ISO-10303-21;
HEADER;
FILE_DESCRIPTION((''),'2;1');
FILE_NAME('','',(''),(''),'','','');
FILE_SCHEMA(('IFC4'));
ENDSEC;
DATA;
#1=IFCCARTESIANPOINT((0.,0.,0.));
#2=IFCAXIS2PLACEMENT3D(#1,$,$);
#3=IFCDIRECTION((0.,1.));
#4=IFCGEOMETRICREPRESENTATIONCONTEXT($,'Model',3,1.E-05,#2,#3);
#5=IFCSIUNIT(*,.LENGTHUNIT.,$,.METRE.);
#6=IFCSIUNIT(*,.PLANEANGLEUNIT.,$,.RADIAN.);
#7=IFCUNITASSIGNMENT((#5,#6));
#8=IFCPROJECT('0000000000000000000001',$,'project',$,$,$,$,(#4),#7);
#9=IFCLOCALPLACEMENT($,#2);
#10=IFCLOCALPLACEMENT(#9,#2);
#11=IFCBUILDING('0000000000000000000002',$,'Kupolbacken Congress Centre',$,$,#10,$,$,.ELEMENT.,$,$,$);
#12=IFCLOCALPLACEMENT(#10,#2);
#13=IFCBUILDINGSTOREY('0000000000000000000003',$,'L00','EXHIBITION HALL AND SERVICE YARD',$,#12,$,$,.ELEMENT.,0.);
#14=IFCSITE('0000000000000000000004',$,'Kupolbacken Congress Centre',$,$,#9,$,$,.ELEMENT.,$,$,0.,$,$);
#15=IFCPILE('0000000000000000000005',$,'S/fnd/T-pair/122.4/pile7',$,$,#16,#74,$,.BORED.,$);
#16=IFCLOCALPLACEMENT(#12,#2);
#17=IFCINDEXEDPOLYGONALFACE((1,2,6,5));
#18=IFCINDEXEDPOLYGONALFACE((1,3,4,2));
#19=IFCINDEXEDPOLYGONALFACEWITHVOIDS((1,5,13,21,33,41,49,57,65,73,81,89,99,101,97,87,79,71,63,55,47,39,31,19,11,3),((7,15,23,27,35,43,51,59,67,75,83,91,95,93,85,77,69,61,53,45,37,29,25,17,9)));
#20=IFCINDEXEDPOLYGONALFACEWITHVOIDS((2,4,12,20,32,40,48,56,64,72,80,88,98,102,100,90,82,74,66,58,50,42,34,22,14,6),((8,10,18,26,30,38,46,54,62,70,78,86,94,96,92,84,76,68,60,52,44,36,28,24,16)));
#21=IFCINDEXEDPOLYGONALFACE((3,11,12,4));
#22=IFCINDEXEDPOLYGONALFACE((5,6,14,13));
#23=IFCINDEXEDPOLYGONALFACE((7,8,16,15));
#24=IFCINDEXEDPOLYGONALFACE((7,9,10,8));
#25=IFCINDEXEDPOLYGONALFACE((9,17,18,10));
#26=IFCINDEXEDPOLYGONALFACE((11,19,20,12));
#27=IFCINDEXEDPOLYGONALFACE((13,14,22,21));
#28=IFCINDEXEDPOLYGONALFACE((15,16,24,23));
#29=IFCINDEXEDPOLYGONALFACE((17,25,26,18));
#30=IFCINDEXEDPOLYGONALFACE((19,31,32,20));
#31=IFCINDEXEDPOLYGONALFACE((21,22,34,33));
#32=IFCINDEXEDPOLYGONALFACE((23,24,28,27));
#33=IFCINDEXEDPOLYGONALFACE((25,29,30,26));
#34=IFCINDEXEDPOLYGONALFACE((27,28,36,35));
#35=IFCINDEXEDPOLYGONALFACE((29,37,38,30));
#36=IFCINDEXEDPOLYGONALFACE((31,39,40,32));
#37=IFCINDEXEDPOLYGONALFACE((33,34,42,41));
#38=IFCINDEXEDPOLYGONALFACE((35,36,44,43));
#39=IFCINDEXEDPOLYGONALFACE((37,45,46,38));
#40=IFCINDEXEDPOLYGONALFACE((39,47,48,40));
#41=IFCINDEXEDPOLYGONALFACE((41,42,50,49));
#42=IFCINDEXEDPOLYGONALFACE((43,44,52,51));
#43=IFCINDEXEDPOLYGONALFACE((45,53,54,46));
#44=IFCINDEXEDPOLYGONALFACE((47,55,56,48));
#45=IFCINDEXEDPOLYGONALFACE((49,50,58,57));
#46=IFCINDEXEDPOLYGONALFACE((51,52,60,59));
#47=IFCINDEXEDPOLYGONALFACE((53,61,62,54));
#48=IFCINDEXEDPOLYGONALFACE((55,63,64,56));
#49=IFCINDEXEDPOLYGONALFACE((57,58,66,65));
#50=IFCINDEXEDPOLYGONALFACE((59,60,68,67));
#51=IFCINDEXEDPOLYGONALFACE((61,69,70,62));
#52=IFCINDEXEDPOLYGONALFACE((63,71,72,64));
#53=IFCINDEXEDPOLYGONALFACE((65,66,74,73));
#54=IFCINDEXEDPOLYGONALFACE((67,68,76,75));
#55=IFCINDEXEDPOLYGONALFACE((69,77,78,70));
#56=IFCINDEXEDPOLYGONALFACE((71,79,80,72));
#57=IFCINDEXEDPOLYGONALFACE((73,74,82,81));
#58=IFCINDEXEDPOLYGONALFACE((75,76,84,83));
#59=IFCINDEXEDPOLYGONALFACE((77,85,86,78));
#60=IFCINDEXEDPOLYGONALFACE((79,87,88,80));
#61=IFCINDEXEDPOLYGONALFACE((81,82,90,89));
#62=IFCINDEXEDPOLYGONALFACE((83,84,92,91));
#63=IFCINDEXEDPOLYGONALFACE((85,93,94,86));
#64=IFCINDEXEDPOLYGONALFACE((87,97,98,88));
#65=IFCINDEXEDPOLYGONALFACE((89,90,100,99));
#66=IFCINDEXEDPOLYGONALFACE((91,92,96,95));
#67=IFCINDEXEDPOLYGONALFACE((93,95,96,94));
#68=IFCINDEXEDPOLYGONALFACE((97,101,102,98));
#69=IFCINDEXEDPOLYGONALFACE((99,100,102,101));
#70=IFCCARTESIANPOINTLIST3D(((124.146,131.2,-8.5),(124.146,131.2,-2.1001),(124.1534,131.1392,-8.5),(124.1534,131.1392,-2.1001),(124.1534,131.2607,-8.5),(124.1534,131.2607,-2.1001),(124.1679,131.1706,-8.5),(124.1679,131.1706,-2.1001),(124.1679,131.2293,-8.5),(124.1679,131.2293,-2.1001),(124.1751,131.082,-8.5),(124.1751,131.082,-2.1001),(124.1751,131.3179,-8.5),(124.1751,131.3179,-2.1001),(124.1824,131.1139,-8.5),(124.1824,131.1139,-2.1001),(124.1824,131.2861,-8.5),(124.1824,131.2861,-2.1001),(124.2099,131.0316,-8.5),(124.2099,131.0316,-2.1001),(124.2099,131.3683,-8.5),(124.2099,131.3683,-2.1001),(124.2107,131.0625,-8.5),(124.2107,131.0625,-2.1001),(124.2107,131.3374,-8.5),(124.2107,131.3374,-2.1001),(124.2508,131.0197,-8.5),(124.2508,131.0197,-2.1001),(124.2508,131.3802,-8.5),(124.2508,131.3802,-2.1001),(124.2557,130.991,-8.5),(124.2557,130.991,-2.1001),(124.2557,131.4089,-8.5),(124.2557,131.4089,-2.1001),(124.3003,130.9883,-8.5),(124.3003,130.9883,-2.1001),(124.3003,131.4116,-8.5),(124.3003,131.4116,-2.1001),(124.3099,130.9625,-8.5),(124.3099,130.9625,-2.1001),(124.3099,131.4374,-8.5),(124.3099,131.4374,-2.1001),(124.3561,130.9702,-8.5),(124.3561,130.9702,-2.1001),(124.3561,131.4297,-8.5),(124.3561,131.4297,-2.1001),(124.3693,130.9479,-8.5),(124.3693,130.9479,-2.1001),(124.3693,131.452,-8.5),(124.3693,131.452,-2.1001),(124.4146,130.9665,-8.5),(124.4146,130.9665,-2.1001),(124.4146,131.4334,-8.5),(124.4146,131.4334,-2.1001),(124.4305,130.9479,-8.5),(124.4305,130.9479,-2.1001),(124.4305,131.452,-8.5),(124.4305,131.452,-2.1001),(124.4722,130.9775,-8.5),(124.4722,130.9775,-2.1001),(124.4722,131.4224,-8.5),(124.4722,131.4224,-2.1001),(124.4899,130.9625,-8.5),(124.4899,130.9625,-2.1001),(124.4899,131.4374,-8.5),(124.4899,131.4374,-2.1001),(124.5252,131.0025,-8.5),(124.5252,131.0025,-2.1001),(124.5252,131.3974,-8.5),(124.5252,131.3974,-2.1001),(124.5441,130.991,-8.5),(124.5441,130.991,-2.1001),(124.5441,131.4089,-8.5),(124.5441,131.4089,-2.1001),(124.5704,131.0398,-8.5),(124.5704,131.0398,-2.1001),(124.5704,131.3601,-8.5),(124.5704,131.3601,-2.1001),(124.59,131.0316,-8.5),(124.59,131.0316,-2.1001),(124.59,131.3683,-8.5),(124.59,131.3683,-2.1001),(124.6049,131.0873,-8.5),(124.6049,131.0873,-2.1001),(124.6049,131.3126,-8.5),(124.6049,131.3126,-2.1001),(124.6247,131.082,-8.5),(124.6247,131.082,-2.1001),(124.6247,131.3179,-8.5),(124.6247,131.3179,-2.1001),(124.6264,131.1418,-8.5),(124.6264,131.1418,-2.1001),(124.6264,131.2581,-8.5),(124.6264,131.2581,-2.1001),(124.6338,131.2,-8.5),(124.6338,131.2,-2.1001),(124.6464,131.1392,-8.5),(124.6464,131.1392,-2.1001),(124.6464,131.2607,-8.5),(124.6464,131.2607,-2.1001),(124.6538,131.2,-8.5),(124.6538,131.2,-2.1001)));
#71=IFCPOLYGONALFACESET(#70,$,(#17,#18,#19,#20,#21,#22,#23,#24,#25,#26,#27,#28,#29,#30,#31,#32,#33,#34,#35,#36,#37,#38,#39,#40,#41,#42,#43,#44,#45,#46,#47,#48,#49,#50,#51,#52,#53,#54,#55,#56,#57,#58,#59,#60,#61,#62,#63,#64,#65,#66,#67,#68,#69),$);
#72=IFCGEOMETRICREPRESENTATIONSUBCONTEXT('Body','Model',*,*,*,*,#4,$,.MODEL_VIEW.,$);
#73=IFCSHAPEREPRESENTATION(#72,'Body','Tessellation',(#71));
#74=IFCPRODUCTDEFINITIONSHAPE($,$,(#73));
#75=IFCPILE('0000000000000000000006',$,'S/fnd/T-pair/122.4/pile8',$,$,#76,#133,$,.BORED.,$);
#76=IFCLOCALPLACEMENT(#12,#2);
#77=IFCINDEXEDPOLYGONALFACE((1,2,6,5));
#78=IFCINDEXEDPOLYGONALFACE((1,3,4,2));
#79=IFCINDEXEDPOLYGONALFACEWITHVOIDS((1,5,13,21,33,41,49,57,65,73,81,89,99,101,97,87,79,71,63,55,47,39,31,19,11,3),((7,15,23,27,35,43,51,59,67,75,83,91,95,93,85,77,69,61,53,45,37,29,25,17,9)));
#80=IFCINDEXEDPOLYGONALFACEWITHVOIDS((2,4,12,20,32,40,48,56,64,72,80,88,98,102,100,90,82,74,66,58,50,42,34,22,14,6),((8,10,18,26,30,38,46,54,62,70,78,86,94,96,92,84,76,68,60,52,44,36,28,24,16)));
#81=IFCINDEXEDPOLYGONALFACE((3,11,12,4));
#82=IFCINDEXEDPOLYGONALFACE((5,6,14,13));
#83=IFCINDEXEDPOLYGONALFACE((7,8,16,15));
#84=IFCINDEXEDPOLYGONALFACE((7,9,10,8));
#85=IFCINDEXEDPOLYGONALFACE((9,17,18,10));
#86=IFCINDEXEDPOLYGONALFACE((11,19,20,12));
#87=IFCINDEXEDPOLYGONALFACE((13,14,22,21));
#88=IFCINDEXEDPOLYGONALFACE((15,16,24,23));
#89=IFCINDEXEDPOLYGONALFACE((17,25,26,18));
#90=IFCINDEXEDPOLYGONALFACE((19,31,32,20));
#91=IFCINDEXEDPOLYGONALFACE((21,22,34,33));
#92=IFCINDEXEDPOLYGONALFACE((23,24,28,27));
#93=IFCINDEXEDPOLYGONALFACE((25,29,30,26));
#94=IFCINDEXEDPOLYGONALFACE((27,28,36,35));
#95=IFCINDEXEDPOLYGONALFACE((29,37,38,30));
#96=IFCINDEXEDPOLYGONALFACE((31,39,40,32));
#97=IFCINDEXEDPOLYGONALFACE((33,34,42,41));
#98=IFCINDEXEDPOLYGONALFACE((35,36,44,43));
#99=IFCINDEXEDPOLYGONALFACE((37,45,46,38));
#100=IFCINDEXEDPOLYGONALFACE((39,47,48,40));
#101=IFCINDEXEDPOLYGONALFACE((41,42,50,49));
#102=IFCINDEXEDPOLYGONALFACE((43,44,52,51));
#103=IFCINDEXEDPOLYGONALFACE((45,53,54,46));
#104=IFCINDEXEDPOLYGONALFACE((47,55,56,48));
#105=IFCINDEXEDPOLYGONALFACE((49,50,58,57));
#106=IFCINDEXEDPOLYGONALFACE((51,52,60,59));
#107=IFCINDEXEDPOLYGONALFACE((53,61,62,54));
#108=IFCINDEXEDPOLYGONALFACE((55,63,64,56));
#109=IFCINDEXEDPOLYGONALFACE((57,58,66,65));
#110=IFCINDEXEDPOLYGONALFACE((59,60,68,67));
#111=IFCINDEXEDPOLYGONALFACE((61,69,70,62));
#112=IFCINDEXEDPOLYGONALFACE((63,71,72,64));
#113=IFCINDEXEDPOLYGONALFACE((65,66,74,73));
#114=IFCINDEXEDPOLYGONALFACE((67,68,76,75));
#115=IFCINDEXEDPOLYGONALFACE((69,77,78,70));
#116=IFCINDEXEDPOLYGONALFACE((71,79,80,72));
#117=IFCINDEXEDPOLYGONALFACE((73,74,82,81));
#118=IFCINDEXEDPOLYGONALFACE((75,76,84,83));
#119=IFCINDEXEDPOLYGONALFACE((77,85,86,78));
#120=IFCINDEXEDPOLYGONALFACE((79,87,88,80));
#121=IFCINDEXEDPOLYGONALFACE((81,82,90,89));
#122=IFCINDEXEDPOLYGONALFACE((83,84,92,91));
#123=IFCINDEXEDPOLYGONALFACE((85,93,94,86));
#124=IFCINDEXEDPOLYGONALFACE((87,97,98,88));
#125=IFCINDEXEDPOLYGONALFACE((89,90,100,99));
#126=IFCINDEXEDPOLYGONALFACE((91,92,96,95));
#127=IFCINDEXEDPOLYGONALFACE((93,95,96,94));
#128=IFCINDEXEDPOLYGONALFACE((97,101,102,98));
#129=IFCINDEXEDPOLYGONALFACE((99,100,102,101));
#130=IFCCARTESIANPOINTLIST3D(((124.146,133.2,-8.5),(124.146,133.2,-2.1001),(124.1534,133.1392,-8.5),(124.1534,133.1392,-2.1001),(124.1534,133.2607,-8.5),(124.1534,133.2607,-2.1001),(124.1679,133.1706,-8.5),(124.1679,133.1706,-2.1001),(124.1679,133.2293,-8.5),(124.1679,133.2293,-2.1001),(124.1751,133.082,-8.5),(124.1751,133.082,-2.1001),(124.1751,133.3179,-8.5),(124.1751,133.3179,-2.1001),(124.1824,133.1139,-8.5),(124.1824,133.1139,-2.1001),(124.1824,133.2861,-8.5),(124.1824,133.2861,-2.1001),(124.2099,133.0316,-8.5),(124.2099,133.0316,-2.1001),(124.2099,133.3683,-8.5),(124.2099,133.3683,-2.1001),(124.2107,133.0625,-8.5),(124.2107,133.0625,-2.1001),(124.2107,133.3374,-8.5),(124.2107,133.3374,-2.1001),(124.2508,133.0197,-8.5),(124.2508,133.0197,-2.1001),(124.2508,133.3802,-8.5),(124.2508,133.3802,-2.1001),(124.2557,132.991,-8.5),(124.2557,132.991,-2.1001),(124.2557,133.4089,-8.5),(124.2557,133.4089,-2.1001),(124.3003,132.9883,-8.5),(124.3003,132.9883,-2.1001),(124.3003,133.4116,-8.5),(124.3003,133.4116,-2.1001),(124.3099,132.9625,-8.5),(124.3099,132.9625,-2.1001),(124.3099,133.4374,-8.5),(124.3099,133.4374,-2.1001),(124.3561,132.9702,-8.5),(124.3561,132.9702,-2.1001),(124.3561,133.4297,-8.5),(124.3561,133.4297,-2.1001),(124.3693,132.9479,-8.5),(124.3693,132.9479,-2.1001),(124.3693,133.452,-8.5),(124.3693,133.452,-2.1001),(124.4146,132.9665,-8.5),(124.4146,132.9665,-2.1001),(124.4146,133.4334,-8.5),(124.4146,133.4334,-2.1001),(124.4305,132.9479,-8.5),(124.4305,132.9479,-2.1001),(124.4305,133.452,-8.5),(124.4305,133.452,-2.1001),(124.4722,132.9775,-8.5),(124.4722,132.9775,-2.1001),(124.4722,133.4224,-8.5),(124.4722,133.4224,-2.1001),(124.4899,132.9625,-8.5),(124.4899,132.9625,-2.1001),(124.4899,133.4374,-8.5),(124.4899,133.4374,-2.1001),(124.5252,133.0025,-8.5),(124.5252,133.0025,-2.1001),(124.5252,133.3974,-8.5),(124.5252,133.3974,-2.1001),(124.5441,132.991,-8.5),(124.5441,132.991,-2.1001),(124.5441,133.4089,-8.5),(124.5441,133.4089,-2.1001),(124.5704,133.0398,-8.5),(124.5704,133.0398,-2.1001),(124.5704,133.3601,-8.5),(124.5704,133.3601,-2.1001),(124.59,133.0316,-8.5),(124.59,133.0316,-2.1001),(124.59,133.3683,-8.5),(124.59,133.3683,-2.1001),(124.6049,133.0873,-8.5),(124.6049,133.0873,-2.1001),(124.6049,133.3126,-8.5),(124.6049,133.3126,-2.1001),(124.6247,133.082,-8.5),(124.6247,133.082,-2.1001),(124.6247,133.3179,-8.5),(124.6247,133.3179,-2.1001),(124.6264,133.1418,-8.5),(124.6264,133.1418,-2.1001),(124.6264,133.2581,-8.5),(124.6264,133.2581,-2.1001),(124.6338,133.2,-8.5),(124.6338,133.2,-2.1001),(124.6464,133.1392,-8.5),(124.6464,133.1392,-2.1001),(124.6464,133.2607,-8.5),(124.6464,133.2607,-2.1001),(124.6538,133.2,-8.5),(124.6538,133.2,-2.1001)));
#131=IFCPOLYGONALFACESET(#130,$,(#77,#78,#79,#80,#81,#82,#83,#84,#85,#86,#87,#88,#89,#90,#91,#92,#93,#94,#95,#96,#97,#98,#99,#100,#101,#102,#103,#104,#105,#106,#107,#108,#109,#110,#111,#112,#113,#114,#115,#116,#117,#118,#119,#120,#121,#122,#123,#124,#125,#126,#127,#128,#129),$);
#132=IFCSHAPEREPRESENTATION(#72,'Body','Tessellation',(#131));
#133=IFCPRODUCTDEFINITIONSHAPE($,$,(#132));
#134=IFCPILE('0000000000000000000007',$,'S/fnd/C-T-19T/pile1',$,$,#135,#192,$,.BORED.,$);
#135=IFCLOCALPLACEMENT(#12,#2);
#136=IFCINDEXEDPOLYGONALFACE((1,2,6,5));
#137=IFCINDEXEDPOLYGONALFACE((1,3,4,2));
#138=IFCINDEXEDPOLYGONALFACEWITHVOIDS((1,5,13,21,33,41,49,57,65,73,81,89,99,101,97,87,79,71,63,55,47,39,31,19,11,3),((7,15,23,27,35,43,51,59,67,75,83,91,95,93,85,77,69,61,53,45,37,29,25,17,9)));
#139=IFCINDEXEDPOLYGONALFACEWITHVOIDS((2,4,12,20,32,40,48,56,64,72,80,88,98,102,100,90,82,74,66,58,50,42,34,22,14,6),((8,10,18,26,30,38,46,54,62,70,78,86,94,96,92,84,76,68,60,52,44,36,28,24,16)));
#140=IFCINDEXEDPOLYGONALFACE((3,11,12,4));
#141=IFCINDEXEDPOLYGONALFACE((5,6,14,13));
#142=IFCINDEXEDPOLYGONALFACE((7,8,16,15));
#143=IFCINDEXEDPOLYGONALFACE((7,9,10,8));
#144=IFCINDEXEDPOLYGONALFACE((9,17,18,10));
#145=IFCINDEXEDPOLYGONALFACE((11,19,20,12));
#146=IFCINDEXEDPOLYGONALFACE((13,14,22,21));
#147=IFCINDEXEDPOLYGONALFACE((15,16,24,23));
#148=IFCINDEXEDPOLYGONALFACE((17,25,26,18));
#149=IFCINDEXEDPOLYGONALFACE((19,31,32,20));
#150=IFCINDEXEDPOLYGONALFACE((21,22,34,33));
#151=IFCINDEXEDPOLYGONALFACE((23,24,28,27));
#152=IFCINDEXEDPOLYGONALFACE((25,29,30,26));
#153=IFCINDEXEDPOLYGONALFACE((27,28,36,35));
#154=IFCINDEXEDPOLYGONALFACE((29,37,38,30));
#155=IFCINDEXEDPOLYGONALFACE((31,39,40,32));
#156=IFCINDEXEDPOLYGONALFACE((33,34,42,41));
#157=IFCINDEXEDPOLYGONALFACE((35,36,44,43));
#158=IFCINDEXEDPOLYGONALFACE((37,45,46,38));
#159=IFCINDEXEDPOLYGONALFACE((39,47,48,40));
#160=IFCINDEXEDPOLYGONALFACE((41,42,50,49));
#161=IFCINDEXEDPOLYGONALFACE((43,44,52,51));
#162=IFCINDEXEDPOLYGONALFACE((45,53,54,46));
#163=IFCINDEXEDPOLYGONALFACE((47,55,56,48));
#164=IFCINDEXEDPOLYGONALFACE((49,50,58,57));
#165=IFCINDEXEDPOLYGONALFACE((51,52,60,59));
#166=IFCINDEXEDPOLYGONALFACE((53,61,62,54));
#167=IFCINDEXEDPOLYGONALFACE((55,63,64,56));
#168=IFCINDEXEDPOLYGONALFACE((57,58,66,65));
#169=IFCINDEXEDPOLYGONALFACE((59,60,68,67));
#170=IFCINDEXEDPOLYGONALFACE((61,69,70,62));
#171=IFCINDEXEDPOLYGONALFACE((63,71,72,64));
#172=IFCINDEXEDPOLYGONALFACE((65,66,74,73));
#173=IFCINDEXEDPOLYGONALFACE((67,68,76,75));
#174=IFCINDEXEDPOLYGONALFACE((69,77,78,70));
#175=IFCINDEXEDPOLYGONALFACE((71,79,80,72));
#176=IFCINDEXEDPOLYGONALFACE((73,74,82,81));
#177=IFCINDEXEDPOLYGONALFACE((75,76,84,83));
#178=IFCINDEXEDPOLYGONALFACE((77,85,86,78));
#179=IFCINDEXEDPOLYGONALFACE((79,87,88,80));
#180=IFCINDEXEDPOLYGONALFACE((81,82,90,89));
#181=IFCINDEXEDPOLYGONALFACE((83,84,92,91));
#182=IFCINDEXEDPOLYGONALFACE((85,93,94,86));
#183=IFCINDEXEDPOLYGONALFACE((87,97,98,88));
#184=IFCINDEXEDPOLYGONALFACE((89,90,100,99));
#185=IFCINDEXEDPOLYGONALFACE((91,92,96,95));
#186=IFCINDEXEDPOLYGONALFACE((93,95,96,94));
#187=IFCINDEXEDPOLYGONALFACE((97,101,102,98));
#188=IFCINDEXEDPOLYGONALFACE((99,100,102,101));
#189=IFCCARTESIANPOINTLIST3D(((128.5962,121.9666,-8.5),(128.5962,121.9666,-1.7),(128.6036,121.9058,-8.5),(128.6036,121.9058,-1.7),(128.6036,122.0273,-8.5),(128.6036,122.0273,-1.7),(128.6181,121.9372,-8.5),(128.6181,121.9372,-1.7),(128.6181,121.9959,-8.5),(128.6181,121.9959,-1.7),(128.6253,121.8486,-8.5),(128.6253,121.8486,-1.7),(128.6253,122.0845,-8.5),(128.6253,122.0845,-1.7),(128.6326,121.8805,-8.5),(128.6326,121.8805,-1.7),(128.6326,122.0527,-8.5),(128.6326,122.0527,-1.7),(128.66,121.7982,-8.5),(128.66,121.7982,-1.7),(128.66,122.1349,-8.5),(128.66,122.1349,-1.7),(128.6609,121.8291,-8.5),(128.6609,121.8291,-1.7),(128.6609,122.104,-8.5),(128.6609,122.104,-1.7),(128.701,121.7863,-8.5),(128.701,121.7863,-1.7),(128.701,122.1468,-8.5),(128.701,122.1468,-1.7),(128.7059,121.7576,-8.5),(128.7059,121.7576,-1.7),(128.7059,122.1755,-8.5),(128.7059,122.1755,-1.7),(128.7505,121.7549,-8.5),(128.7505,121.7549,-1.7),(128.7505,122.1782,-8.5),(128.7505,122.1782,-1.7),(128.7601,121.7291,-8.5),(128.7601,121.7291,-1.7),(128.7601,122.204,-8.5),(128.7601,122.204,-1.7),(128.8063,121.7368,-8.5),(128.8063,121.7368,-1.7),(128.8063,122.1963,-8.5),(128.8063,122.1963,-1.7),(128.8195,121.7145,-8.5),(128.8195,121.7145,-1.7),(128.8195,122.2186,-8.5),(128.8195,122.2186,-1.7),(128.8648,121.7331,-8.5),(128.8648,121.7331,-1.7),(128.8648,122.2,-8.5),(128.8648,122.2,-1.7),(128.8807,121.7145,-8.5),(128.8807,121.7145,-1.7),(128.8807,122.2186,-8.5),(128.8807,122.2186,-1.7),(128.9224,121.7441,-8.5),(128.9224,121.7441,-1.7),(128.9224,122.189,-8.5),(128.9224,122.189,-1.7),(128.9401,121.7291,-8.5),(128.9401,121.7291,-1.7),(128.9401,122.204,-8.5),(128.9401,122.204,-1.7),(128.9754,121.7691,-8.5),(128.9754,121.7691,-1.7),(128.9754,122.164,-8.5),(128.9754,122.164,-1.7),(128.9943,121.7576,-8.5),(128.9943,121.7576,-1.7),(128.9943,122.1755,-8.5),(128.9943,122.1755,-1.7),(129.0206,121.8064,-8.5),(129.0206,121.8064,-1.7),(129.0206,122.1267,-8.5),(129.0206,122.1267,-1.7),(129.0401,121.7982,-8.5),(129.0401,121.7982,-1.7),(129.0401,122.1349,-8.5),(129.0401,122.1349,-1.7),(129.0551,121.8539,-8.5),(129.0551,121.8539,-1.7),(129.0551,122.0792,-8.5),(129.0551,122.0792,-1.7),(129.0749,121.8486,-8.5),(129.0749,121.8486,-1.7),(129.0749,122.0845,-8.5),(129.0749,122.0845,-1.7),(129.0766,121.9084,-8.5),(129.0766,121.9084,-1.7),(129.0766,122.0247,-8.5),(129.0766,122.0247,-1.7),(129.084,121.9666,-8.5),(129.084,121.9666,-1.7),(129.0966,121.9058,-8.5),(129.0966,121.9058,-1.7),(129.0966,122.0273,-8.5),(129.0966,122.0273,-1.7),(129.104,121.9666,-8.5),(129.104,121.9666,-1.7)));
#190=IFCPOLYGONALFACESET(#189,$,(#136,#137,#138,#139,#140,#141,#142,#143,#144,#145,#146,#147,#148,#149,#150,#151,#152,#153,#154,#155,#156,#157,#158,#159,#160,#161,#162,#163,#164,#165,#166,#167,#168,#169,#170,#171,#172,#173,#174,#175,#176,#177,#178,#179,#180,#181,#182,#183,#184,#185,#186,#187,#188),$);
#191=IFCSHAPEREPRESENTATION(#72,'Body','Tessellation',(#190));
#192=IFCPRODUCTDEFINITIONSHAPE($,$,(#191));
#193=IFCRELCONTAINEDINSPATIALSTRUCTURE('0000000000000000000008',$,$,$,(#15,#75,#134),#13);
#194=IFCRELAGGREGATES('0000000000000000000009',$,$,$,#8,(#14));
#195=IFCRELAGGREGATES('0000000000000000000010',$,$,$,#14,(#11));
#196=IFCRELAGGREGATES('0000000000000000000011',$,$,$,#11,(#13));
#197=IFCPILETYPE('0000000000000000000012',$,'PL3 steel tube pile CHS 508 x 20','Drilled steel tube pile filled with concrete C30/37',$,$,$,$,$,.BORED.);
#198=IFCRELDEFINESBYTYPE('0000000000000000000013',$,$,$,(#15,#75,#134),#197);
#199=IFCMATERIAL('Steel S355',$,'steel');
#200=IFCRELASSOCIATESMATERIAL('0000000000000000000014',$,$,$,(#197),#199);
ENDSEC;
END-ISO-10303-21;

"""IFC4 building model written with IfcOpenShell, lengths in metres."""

from ifc_helpers import new_model, si_unit, direction, frame, origin, origin_2d, place, context, subcontext, project, spatial, hollow_circle, extrude, material, material_profile, profile_set, type_object, element, save


model = new_model("IFC4")

# Units and contexts
model_context = context("Model", 3, precision=1e-05, world=origin(), true_north=direction((0.0, 1.0)))
body_context = subcontext(model_context, "Body", "Model", "MODEL_VIEW")
ifc_project = project(units=[si_unit("LENGTHUNIT", "METRE"), si_unit("PLANEANGLEUNIT", "RADIAN")], contexts=[model_context])

# Site, building, storey
site_placement = place(None, origin())
site = spatial("IfcSite", under=ifc_project, at=site_placement, Name="Kupolbacken Congress Centre", CompositionType="ELEMENT", RefElevation=0.0)
building_placement = place(site_placement, origin())
building = spatial("IfcBuilding", under=site, at=building_placement, Name="Kupolbacken Congress Centre", CompositionType="ELEMENT")
storey_placement = place(building_placement, origin())
storey = spatial("IfcBuildingStorey", under=building, at=storey_placement, Name="L00", Description="EXHIBITION HALL AND SERVICE YARD", CompositionType="ELEMENT", Elevation=0.0)

# Piles
ifc_material_1 = material(Name="Steel S355", Category="steel")
ifc_material_profile_1 = material_profile(ifc_material_1, hollow_circle(Radius=0.2539, WallThickness=0.02, at=origin_2d()), Name="CHS 508 x 20")
ifc_profile_set_1 = profile_set([ifc_material_profile_1], Name="Steel S355")
pile_type_1 = type_object("IfcPileType", Name="PL3 steel tube pile CHS 508 x 20", Description="Drilled steel tube pile filled with concrete C30/37", PredefinedType="BORED", material=ifc_profile_set_1)
for number, where, z_axis, x_axis, name in (
    (1, (124.3999, 131.2, -2.1001), (0.0, 0.0, -1.0), (1.0, 0.0, 0.0), "S/fnd/T-pair/122.4/pile7"),
    (2, (124.3999, 133.2, -2.1001), (0.0, 0.0, -1.0), (1.0, 0.0, 0.0), "S/fnd/T-pair/122.4/pile8"),
):
    element("IfcPile", number, at=place(storey_placement, frame(where, z_axis=z_axis, x_axis=x_axis)), inside=storey, type_object=pile_type_1, Name=name, PredefinedType="BORED", context=body_context, shape_type="SweptSolid", body=[
        extrude(hollow_circle(Radius=0.2539, WallThickness=0.02, at=origin_2d()), origin(), (0.0, 0.0, 1.0), 6.3999),
    ])
for number, where, z_axis, x_axis, name in (
    (3, (128.8501, 121.9666, -1.7), (0.0, 0.0, -1.0), (1.0, 0.0, 0.0), "S/fnd/C-T-19T/pile1"),
):
    element("IfcPile", number, at=place(storey_placement, frame(where, z_axis=z_axis, x_axis=x_axis)), inside=storey, type_object=pile_type_1, Name=name, PredefinedType="BORED", context=body_context, shape_type="SweptSolid", body=[
        extrude(hollow_circle(Radius=0.2539, WallThickness=0.02, at=origin_2d()), origin(), (0.0, 0.0, 1.0), 6.8),
    ])

save(model, "model.ifc")
